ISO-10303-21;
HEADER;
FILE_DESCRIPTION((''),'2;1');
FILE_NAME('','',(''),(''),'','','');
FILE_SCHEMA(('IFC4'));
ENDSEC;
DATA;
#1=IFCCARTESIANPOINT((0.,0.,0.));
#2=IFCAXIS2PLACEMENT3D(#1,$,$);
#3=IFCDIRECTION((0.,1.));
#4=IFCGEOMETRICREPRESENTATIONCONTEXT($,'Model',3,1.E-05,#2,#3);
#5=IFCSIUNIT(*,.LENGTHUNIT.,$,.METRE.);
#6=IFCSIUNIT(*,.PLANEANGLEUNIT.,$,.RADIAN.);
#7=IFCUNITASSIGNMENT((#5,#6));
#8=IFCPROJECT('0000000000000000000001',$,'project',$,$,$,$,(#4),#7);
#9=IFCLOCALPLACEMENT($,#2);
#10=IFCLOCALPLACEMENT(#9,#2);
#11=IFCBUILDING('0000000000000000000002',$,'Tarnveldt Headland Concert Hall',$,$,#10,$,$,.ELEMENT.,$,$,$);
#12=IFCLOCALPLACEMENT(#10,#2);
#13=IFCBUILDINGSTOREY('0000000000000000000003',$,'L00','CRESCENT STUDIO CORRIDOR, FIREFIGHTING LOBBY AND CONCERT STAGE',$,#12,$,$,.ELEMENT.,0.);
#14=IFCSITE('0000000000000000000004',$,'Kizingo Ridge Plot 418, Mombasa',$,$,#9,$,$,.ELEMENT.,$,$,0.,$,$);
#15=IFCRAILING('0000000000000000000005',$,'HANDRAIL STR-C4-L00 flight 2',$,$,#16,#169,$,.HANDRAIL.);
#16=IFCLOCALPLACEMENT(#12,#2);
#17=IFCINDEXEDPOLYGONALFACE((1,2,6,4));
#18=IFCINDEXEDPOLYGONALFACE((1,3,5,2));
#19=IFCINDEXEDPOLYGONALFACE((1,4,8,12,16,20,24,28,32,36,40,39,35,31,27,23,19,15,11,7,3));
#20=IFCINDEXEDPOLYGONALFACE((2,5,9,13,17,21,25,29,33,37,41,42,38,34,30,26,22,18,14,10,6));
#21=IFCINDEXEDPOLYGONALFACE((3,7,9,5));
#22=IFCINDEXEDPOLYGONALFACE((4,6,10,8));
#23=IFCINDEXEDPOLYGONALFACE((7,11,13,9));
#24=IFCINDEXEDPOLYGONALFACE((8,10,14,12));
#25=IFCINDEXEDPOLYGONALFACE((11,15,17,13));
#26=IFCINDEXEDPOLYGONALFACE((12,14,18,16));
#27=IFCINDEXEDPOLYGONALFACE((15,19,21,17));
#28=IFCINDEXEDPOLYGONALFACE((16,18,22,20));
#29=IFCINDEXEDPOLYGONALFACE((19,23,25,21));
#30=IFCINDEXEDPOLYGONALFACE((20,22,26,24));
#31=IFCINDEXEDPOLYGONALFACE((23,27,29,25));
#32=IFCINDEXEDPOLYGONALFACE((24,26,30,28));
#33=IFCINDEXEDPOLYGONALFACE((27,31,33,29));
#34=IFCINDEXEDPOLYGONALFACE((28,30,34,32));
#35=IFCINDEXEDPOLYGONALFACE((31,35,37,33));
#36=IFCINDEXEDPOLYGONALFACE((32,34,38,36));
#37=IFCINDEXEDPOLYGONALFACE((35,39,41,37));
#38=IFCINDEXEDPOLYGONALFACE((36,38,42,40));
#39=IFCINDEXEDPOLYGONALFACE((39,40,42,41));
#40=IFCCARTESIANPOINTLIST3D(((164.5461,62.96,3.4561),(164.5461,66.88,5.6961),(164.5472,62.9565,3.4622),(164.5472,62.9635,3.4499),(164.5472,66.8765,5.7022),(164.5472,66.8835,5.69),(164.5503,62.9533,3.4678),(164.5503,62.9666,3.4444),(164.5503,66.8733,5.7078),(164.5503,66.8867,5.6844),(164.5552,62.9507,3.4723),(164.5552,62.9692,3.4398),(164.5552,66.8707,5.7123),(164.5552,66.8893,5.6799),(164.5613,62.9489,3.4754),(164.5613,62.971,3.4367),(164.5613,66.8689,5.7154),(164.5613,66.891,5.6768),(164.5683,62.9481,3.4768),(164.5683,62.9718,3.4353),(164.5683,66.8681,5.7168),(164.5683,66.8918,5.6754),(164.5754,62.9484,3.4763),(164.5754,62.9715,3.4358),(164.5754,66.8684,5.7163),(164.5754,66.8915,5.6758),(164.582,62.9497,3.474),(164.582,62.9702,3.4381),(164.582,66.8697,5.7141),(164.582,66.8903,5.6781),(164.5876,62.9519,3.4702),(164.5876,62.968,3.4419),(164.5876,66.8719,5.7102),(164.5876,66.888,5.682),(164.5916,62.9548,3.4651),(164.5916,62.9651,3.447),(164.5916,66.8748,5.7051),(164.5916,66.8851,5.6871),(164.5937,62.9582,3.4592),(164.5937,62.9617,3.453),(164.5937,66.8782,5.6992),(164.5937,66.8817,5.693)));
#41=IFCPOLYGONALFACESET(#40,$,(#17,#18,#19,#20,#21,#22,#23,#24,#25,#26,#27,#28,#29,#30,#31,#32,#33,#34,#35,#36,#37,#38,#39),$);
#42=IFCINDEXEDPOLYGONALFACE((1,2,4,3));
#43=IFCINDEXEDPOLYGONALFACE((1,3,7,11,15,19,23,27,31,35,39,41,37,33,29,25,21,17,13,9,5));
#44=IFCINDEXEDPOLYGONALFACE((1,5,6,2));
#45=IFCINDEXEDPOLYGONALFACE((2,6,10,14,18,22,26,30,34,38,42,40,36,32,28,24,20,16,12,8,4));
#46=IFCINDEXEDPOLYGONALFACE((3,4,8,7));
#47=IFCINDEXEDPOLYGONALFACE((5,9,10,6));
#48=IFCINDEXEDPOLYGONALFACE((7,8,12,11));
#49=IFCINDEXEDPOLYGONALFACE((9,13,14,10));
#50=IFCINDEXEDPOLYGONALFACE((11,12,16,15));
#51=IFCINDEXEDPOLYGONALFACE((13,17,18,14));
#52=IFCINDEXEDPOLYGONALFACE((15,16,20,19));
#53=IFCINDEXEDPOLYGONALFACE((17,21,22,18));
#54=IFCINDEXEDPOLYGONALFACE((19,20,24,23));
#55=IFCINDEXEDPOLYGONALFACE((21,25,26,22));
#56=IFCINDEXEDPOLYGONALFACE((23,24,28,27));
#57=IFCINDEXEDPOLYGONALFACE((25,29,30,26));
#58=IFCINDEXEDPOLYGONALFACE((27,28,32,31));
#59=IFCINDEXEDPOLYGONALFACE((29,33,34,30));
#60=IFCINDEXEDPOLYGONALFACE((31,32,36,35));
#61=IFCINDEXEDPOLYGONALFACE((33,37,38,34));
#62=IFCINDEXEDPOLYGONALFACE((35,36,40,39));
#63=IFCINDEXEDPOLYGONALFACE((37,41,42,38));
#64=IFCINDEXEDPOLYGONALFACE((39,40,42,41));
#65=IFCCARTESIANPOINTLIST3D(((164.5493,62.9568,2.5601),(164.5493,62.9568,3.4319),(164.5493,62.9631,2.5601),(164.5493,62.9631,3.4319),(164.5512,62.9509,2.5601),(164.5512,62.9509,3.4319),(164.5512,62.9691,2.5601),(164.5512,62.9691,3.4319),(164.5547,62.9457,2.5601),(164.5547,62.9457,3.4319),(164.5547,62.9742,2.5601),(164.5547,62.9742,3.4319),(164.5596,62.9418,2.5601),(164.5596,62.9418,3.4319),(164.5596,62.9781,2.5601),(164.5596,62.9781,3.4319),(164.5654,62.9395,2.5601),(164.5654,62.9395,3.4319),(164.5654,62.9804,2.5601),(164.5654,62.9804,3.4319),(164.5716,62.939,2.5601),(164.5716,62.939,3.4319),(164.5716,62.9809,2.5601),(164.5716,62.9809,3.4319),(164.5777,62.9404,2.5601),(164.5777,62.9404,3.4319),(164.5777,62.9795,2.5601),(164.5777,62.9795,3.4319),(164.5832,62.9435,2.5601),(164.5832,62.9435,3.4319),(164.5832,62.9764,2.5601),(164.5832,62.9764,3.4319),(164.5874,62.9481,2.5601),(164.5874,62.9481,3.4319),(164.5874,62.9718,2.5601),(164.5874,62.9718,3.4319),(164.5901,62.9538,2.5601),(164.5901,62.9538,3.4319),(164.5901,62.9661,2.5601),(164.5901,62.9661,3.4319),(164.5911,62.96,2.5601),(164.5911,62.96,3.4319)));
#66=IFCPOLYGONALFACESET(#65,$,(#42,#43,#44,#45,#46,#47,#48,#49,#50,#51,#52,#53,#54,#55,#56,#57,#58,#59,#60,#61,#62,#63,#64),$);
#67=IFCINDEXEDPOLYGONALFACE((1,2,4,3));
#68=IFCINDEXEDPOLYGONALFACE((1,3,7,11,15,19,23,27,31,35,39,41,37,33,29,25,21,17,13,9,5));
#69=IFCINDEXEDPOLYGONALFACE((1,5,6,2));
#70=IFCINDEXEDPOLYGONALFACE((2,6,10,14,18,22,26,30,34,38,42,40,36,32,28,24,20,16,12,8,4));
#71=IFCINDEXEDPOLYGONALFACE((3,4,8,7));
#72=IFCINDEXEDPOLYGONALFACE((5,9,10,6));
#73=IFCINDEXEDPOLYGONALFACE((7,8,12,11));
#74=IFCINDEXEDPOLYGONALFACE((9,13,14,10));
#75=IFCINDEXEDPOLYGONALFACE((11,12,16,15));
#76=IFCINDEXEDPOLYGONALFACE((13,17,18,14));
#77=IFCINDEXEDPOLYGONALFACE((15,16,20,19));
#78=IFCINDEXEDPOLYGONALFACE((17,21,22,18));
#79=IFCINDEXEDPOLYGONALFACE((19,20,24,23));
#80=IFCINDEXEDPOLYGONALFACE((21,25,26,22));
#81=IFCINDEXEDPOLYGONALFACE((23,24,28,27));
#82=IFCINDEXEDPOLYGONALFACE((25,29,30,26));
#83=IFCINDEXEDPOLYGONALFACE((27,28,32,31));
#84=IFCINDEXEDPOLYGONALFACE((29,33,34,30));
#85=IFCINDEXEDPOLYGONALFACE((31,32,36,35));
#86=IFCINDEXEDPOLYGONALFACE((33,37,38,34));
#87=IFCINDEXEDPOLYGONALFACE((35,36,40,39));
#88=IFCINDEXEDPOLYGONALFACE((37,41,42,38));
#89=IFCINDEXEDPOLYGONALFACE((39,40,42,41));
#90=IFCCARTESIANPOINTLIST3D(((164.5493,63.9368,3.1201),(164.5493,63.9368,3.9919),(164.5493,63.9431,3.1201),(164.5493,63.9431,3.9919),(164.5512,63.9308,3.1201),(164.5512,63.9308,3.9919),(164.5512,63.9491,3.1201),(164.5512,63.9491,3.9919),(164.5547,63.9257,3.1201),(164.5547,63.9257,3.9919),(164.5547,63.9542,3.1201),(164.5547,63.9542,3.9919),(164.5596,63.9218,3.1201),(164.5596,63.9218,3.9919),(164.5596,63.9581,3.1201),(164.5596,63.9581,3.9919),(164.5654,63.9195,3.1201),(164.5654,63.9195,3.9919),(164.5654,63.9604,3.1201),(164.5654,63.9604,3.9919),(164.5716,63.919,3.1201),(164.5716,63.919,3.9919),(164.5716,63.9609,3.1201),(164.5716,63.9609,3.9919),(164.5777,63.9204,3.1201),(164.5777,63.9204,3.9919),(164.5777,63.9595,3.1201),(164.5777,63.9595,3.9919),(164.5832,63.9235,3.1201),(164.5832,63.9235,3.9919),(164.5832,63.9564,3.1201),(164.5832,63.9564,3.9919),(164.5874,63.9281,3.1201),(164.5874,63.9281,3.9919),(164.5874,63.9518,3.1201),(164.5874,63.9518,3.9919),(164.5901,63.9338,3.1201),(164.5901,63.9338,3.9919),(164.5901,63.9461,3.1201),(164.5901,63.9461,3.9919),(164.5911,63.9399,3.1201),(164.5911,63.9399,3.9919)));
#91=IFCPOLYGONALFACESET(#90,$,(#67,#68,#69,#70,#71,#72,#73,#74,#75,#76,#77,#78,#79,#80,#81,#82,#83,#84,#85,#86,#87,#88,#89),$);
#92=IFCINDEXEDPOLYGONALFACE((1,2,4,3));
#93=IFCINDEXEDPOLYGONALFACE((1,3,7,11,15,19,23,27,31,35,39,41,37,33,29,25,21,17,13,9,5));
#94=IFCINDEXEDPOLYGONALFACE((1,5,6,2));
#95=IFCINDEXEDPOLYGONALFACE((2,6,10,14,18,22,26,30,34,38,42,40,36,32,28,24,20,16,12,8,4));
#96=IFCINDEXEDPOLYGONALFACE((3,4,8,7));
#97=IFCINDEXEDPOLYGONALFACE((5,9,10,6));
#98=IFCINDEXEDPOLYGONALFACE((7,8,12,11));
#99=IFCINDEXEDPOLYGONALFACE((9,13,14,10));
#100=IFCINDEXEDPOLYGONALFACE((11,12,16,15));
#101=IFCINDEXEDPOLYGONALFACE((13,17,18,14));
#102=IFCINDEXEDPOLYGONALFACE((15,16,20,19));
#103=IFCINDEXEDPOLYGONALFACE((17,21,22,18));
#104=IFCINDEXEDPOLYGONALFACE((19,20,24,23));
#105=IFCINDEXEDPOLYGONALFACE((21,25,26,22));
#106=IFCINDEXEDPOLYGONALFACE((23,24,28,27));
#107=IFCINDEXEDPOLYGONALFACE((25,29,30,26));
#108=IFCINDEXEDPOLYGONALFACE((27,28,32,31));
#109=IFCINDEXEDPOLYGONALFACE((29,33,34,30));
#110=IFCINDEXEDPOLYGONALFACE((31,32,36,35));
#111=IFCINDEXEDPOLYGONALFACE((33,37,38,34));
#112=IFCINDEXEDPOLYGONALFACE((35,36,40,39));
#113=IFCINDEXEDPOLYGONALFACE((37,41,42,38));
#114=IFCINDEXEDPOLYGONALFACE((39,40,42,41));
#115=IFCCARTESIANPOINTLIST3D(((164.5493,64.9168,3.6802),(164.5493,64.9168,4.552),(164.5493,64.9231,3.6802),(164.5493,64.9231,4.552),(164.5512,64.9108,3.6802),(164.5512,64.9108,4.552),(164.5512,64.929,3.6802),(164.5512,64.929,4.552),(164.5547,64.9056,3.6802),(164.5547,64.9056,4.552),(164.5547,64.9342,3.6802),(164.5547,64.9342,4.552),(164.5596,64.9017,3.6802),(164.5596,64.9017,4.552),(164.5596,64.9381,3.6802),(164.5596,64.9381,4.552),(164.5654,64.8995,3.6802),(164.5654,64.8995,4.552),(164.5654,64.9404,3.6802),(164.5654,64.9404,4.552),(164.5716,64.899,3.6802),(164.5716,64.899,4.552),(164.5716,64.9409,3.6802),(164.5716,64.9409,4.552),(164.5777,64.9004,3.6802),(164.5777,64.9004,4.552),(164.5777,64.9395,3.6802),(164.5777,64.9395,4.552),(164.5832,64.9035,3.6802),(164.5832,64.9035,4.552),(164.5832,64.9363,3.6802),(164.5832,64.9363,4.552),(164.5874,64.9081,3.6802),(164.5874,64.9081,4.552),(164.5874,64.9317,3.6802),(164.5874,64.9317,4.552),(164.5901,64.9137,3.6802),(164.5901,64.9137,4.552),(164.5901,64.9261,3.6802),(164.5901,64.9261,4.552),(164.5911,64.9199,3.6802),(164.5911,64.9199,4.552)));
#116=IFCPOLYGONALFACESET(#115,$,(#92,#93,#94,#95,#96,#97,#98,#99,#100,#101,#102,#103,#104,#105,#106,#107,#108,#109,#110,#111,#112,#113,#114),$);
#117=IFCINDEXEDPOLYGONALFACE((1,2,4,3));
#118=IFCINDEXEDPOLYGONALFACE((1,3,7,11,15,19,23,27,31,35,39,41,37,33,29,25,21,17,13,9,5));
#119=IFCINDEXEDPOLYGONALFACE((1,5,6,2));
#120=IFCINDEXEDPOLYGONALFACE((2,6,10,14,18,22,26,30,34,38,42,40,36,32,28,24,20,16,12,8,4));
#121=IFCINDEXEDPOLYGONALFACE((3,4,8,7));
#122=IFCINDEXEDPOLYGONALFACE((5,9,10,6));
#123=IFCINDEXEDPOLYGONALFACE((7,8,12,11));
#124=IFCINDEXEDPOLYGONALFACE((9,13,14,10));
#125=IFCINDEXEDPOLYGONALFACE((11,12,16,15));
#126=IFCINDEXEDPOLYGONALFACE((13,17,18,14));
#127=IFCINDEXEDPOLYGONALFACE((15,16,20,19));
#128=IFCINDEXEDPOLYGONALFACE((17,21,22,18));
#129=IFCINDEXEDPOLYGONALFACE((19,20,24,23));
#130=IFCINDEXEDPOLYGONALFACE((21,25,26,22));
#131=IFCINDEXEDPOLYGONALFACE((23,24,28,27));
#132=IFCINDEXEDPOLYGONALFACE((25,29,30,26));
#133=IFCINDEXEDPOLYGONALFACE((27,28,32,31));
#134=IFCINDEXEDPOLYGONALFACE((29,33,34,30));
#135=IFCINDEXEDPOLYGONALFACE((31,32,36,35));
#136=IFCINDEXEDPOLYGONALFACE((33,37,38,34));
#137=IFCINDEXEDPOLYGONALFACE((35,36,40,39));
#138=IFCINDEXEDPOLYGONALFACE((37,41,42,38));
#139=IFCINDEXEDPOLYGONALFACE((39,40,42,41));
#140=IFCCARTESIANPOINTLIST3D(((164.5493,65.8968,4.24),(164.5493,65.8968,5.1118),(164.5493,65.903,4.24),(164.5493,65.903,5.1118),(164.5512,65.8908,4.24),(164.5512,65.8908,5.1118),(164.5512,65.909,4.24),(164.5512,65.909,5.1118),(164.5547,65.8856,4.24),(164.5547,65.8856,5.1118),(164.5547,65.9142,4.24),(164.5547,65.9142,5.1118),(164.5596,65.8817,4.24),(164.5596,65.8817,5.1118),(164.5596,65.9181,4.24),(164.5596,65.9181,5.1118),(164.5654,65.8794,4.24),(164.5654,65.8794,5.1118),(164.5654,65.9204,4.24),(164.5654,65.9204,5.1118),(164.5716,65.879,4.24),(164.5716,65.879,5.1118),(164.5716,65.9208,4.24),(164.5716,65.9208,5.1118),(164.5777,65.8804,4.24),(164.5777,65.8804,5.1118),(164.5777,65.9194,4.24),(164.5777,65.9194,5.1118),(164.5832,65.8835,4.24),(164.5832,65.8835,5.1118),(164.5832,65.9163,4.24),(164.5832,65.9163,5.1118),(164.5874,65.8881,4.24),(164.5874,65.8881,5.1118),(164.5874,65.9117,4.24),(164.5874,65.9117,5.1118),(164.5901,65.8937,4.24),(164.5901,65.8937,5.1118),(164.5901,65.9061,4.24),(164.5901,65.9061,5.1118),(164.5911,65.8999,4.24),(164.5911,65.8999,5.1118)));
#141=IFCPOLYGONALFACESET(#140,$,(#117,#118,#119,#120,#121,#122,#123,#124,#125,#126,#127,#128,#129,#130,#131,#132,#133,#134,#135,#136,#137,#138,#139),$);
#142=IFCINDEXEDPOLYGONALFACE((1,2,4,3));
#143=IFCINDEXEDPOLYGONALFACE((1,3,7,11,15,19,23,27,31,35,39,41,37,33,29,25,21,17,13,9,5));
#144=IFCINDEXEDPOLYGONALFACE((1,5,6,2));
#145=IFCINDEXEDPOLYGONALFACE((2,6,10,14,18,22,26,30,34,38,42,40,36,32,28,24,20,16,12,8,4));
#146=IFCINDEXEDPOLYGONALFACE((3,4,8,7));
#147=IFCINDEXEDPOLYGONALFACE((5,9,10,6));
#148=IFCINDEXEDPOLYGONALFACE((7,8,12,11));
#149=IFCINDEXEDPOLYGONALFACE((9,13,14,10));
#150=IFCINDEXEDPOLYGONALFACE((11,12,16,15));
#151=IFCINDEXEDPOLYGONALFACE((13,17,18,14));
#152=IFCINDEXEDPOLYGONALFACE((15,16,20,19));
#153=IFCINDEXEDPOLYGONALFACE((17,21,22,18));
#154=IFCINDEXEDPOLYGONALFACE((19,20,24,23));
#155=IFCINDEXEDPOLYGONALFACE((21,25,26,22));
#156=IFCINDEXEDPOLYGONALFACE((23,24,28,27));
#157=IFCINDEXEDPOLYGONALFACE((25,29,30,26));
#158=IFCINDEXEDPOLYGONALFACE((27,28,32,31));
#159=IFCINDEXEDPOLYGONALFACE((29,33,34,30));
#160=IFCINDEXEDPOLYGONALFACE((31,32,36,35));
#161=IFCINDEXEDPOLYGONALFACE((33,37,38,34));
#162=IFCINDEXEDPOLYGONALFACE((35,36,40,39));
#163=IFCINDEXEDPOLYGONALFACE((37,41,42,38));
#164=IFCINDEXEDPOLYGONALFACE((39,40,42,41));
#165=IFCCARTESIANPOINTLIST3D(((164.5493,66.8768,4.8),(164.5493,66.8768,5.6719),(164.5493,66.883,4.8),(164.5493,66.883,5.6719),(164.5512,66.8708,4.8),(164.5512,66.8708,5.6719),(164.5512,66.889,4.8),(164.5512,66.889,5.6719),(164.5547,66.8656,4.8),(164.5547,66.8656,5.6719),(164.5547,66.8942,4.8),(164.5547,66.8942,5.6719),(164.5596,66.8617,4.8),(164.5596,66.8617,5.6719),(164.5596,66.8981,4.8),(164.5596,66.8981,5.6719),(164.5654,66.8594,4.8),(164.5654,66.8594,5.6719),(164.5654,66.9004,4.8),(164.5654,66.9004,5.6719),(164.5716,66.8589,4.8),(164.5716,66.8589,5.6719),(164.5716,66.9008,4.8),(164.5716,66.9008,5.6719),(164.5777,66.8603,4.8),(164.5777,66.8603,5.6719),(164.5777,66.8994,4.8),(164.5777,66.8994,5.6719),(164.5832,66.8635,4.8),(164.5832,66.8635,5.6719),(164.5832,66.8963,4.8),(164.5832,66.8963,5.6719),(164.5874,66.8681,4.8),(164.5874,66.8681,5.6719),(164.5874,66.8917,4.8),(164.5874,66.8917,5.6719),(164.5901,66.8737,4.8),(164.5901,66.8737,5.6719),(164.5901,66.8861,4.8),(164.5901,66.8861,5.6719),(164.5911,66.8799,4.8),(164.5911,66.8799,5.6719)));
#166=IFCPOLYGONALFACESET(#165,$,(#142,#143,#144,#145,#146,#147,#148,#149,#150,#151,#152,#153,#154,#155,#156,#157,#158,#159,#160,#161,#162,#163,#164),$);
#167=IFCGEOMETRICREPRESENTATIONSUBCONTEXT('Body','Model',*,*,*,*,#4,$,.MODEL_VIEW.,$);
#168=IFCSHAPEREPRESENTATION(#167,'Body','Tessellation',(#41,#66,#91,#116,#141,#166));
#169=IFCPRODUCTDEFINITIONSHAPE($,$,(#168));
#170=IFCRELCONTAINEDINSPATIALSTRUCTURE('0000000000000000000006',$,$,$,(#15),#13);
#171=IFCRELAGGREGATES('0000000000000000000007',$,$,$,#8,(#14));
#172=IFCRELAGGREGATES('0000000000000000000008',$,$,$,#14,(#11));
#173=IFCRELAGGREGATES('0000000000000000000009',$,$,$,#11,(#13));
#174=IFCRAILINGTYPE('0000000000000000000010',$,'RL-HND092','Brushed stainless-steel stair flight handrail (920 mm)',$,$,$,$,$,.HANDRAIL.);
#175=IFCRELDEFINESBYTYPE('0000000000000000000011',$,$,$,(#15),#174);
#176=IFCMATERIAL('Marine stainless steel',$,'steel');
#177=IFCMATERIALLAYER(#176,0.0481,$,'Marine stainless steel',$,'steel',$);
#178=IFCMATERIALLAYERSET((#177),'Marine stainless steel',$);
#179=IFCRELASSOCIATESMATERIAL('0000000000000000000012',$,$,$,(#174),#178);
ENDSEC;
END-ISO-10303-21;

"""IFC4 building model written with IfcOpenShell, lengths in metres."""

from ifc_helpers import new_model, si_unit, direction, frame, origin, origin_2d, place, context, subcontext, project, spatial, circle, extrude, material, layer, layer_set, type_object, element, save


model = new_model("IFC4")

# Units and contexts
model_context = context("Model", 3, precision=1e-05, world=origin(), true_north=direction((0.0, 1.0)))
body_context = subcontext(model_context, "Body", "Model", "MODEL_VIEW")
ifc_project = project(units=[si_unit("LENGTHUNIT", "METRE"), si_unit("PLANEANGLEUNIT", "RADIAN")], contexts=[model_context])

# Site, building, storey
site_placement = place(None, origin())
site = spatial("IfcSite", under=ifc_project, at=site_placement, Name="Kizingo Ridge Plot 418, Mombasa", CompositionType="ELEMENT", RefElevation=0.0)
building_placement = place(site_placement, origin())
building = spatial("IfcBuilding", under=site, at=building_placement, Name="Tarnveldt Headland Concert Hall", CompositionType="ELEMENT")
storey_placement = place(building_placement, origin())
storey = spatial("IfcBuildingStorey", under=building, at=storey_placement, Name="L00", Description="CRESCENT STUDIO CORRIDOR, FIREFIGHTING LOBBY AND CONCERT STAGE", CompositionType="ELEMENT", Elevation=0.0)

# Railing
ifc_material_1 = material(Name="Marine stainless steel", Category="steel")
ifc_layer_1 = layer(ifc_material_1, 0.0481, Name="Marine stainless steel", Category="steel")
ifc_layer_set_1 = layer_set([ifc_layer_1], Name="Marine stainless steel")
railing_type_1 = type_object("IfcRailingType", Name="RL-HND092", Description="Brushed stainless-steel stair flight handrail (920 mm)", PredefinedType="HANDRAIL", material=ifc_layer_set_1)
railing_1_placement = place(storey_placement, frame((164.5701, 62.96, 2.5601)))
element("IfcRailing", 1, at=railing_1_placement, inside=storey, type_object=railing_type_1, Name="HANDRAIL STR-C4-L00 flight 2", PredefinedType="HANDRAIL", context=body_context, shape_type="SweptSolid", body=[
    extrude(circle(Radius=0.0239, at=origin_2d()), frame((0.0, 0.0, 0.896), z_axis=(0.0, 0.86824, 0.496145), x_axis=(-1.0, 0.0, 0.0)), (0.0, 0.0, 1.0), 4.5149),
    extrude(circle(Radius=0.021, at=origin_2d()), origin(), (0.0, 0.0, 1.0), 0.8718),
    extrude(circle(Radius=0.021, at=origin_2d()), frame((0.0, 0.98, 0.5601)), (0.0, 0.0, 1.0), 0.8718),
    extrude(circle(Radius=0.021, at=origin_2d()), frame((0.0, 1.96, 1.1201)), (0.0, 0.0, 1.0), 0.8718),
    extrude(circle(Radius=0.021, at=origin_2d()), frame((0.0, 2.9399, 1.6799)), (0.0, 0.0, 1.0), 0.8718),
    extrude(circle(Radius=0.021, at=origin_2d()), frame((0.0, 3.9199, 2.24)), (0.0, 0.0, 1.0), 0.8718),
])

save(model, "model.ifc")
